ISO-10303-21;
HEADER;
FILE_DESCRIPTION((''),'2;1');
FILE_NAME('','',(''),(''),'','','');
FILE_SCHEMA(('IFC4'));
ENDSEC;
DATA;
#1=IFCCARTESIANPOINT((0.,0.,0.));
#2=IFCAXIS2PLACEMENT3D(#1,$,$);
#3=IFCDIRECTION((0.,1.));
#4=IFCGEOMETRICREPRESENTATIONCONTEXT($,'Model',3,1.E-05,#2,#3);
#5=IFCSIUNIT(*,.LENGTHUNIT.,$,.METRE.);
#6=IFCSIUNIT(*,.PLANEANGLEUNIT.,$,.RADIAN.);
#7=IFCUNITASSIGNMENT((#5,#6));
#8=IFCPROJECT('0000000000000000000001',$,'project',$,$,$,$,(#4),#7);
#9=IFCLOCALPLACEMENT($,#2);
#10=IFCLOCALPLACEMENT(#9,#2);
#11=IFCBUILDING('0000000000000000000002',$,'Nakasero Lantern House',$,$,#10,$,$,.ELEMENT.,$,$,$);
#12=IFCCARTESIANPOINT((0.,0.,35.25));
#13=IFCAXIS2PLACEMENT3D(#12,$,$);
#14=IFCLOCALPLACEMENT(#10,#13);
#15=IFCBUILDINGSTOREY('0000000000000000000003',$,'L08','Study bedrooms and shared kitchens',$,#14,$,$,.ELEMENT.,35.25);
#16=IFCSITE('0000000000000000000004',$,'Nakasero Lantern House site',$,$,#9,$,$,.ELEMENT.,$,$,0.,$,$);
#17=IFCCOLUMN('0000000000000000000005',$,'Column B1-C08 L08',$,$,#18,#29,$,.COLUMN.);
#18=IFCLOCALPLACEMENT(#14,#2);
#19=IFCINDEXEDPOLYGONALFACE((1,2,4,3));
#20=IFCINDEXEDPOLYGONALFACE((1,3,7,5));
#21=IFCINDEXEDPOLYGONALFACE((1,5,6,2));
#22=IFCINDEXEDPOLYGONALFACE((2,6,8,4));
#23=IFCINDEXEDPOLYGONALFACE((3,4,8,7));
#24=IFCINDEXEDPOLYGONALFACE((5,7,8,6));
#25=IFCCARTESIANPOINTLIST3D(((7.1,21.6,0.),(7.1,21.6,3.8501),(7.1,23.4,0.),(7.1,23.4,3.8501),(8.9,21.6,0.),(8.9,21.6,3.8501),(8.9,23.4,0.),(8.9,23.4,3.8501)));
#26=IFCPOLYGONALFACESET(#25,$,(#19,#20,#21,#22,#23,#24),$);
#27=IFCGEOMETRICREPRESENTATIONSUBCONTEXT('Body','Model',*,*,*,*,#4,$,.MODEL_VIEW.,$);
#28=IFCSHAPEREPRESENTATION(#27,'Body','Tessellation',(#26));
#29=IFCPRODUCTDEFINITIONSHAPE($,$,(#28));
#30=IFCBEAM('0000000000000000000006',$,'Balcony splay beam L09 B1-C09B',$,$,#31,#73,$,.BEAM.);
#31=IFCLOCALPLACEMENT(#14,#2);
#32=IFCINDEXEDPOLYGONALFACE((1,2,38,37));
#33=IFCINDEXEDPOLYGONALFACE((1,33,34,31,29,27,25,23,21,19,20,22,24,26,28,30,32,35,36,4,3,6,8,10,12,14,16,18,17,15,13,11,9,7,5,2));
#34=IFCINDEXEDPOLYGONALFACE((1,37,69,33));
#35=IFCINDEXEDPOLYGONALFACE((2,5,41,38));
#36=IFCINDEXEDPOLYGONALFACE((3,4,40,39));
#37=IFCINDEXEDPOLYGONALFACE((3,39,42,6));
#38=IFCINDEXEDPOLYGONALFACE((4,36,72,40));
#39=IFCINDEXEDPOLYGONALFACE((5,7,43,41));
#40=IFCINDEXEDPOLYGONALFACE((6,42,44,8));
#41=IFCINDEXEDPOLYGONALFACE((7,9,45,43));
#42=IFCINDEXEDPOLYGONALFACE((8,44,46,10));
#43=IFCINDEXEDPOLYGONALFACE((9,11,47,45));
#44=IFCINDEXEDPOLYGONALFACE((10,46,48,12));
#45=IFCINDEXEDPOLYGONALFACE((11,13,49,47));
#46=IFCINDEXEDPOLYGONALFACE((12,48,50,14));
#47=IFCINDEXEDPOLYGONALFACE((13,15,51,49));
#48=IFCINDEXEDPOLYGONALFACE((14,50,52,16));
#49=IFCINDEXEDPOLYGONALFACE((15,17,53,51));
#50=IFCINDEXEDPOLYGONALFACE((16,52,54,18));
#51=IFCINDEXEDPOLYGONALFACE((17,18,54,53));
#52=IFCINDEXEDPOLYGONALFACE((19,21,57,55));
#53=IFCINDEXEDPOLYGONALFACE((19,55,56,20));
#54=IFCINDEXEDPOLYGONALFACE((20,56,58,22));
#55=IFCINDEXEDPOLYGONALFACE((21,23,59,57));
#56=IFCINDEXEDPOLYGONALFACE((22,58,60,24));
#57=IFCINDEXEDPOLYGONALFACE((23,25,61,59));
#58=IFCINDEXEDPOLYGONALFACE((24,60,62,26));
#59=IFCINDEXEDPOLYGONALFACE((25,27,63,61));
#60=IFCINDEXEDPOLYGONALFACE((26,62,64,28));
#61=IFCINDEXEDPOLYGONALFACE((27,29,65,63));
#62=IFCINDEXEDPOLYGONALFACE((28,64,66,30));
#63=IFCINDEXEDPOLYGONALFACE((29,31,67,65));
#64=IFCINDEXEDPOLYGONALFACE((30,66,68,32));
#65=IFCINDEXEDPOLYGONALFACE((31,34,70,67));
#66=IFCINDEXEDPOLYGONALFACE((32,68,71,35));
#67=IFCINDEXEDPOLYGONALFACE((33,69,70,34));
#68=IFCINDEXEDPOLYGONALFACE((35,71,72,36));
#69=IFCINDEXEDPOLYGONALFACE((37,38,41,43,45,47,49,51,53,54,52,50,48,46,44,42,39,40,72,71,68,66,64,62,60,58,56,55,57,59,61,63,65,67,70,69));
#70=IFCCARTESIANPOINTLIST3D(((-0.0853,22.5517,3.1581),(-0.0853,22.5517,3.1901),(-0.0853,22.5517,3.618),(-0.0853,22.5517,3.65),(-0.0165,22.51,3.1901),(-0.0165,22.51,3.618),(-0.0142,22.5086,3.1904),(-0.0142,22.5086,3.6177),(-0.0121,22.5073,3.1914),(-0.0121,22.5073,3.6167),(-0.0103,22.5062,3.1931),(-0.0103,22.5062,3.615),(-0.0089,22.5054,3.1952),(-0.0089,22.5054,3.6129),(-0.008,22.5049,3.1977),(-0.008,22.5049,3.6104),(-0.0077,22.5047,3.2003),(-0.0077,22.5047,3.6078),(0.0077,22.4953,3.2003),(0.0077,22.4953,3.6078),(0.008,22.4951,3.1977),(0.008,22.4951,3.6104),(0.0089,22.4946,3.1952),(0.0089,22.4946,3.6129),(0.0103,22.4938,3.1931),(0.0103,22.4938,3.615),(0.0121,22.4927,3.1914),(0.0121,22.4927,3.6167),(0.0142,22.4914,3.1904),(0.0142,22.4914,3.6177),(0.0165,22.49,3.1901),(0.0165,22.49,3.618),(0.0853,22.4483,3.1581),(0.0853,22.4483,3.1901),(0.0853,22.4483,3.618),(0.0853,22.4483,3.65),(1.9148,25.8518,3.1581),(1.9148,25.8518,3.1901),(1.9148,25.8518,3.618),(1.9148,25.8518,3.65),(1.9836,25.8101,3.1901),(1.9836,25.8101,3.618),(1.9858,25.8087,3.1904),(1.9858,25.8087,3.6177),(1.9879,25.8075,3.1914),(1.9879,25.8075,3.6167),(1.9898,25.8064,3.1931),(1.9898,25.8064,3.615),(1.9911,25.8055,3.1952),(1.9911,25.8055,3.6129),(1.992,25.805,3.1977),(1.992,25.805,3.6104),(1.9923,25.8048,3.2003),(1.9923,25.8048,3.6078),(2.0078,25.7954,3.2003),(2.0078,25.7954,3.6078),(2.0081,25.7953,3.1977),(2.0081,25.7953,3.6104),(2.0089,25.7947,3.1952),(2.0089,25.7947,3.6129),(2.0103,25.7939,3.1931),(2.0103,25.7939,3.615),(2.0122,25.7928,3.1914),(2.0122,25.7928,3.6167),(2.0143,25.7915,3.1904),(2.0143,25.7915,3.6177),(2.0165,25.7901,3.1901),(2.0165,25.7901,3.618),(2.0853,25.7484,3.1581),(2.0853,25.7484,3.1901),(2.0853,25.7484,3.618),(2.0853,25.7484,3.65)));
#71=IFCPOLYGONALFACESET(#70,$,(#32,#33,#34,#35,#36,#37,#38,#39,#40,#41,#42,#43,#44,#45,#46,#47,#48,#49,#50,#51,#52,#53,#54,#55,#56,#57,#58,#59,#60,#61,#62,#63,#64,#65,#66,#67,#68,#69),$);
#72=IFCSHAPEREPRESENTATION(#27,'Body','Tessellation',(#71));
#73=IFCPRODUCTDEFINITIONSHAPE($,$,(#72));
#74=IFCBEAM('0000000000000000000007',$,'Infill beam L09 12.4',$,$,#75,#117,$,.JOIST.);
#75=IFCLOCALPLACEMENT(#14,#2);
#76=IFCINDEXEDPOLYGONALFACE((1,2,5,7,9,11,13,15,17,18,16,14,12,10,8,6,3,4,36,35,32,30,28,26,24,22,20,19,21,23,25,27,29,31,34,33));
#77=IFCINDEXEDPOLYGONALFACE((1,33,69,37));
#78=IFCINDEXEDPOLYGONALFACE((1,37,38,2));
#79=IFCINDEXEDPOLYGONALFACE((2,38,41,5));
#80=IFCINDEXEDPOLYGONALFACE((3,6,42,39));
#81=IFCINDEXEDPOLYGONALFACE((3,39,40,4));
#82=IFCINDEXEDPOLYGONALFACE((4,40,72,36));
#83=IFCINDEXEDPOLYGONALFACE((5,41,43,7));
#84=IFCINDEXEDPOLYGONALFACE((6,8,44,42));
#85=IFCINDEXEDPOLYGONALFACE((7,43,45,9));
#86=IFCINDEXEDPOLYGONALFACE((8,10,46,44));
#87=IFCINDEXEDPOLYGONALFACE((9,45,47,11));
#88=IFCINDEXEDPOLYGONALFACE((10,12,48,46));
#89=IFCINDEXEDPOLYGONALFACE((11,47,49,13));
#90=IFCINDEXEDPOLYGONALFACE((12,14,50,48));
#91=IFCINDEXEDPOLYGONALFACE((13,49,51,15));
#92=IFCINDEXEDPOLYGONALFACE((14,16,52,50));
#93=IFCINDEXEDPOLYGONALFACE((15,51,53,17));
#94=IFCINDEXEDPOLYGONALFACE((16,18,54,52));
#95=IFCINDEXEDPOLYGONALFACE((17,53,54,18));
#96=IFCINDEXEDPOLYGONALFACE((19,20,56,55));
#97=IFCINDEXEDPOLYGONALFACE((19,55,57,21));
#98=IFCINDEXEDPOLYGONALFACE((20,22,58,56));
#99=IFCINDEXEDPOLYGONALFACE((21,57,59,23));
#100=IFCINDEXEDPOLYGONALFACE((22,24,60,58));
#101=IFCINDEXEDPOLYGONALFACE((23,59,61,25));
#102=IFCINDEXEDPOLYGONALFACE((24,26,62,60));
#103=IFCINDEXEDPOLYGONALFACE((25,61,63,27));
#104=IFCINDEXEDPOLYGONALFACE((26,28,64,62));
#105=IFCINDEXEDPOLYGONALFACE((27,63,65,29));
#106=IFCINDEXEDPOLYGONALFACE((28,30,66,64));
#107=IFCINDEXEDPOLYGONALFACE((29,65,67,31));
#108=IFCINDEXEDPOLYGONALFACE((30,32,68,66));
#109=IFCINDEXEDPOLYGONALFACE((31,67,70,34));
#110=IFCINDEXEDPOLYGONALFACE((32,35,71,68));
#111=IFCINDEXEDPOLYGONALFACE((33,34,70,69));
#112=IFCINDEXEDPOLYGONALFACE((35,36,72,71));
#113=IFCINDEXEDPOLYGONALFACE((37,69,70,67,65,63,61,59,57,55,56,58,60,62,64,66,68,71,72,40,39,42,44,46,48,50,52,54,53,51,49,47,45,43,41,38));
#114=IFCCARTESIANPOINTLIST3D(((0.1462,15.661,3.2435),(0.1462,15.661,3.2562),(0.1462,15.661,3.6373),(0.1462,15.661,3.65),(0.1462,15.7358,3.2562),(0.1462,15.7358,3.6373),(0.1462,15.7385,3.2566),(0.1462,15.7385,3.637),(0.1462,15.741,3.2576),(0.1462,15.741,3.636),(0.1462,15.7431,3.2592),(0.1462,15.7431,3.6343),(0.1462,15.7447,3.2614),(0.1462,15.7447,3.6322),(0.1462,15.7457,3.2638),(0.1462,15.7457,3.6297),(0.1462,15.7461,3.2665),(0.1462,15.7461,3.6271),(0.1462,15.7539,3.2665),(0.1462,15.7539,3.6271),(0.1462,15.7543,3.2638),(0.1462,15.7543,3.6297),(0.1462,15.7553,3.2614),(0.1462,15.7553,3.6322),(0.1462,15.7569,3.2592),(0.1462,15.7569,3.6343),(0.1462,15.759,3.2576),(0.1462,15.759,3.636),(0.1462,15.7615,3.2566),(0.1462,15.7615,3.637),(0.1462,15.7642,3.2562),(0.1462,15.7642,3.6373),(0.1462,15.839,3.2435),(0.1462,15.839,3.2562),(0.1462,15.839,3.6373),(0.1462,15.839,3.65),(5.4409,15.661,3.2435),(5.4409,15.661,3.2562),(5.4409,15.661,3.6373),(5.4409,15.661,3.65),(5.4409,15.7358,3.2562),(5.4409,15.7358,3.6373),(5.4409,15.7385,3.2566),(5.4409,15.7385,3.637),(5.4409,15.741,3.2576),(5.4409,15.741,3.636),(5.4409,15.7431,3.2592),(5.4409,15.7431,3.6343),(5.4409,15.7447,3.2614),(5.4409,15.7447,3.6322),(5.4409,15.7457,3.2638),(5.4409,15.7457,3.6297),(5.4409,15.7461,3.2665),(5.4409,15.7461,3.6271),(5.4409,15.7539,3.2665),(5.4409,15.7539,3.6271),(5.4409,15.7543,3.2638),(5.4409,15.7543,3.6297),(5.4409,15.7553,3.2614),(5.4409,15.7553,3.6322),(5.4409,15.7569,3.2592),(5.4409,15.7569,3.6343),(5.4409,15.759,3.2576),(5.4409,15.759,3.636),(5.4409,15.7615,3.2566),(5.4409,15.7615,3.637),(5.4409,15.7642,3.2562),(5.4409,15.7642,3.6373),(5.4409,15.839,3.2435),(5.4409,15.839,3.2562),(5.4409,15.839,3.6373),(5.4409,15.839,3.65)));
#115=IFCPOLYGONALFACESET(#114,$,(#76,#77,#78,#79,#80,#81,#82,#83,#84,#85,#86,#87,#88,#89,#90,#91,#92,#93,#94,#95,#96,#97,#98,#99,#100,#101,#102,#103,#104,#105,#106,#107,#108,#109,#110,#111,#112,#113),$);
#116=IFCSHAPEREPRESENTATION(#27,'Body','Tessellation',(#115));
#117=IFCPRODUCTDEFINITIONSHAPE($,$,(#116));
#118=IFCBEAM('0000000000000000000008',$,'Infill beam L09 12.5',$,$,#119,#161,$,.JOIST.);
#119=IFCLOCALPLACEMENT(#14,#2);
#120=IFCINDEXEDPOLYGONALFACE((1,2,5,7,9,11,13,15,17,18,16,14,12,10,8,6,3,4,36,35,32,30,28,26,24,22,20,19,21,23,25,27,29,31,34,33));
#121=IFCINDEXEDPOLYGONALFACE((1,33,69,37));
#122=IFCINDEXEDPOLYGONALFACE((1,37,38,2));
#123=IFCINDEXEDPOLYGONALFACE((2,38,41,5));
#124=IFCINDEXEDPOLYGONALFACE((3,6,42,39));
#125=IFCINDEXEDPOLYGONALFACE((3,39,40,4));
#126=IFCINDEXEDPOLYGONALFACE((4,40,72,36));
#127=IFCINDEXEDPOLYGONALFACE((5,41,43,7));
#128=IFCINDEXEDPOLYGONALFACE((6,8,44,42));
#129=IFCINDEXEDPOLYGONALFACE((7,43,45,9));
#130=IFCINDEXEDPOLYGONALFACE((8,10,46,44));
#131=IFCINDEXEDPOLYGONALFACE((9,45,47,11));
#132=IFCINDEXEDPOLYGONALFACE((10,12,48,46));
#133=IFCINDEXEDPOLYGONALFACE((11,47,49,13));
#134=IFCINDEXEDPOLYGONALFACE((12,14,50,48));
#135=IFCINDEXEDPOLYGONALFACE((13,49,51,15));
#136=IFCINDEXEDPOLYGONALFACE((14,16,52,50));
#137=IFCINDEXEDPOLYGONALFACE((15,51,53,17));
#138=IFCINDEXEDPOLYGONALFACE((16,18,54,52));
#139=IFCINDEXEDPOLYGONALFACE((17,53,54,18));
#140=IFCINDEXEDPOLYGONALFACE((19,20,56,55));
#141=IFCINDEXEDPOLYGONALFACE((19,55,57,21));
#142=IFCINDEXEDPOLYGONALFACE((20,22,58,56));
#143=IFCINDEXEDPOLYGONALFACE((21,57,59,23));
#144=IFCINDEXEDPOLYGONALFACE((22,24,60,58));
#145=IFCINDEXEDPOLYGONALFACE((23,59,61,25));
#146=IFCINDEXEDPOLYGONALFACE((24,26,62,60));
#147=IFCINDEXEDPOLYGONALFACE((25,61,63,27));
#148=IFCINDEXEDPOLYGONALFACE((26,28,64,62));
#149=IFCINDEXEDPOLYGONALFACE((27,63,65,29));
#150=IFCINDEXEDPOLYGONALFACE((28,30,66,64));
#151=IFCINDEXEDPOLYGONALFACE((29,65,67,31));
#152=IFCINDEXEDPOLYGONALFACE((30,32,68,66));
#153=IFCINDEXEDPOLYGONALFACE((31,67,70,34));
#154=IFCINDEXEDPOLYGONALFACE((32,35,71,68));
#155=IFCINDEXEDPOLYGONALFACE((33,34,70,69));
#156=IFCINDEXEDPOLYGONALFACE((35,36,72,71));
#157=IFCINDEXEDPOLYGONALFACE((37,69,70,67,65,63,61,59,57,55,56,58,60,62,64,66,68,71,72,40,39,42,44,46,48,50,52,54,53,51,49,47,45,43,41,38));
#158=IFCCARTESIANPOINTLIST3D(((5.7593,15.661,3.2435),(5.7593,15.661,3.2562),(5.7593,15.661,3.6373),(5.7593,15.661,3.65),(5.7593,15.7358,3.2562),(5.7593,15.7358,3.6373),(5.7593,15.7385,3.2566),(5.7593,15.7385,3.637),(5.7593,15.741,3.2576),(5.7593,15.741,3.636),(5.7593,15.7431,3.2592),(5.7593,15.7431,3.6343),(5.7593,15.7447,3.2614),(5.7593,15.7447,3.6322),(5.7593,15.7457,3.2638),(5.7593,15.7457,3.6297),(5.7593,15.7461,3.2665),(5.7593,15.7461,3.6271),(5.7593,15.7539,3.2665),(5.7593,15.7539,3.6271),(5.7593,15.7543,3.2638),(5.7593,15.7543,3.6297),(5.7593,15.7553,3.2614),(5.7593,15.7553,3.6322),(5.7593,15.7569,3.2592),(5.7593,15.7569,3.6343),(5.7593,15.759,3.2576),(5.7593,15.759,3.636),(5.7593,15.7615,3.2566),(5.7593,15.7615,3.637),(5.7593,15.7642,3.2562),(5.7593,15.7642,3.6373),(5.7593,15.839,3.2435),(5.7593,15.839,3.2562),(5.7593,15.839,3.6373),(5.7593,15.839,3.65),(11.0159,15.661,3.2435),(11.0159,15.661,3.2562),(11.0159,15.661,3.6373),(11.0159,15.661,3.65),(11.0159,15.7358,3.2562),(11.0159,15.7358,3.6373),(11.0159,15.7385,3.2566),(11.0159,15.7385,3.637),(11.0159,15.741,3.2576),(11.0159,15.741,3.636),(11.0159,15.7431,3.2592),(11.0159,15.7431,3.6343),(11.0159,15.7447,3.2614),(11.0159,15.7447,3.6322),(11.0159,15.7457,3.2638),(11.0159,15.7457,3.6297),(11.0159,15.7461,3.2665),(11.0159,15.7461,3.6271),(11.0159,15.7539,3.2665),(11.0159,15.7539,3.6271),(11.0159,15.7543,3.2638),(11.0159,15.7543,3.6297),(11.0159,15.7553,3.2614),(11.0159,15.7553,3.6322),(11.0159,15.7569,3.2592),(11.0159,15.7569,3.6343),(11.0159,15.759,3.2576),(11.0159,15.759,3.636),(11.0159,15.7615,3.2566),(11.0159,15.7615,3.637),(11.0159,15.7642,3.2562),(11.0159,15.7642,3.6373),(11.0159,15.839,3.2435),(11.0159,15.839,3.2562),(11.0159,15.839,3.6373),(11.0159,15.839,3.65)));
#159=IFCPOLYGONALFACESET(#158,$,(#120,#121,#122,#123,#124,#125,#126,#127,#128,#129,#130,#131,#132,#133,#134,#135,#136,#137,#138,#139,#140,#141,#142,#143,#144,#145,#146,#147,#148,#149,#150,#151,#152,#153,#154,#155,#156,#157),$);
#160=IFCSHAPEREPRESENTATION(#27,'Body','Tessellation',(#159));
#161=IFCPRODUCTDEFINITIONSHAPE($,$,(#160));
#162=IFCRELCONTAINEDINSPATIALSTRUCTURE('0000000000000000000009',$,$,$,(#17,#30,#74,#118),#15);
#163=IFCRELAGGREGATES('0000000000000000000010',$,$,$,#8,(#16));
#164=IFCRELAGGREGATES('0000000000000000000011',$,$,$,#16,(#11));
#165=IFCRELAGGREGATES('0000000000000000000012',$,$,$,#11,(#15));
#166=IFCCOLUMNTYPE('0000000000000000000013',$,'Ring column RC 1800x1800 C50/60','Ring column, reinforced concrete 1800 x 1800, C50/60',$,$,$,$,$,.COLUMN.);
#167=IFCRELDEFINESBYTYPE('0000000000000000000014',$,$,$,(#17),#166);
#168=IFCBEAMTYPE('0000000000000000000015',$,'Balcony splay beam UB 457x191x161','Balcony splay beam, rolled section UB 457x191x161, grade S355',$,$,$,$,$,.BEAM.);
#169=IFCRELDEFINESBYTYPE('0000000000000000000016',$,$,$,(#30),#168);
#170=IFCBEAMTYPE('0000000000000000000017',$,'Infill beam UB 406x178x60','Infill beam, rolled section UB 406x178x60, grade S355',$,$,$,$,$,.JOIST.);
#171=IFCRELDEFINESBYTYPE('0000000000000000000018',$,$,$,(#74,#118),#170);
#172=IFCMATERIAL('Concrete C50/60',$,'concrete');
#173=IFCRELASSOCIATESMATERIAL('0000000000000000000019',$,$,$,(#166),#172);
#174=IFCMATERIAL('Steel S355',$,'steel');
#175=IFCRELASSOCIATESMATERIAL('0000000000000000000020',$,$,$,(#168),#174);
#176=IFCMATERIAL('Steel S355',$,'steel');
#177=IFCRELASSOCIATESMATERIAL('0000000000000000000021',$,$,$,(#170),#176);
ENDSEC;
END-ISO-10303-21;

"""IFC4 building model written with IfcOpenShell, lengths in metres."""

from ifc_helpers import new_model, si_unit, direction, frame, origin, origin_2d, place, context, subcontext, project, spatial, rectangle, i_section, extrude, material, material_profile, profile_set, type_object, element, save


model = new_model("IFC4")

# Units and contexts
model_context = context("Model", 3, precision=1e-05, world=origin(), true_north=direction((0.0, 1.0)))
body_context = subcontext(model_context, "Body", "Model", "MODEL_VIEW")
ifc_project = project(units=[si_unit("LENGTHUNIT", "METRE"), si_unit("PLANEANGLEUNIT", "RADIAN")], contexts=[model_context])

# Site, building, storey
site_placement = place(None, origin())
site = spatial("IfcSite", under=ifc_project, at=site_placement, Name="Nakasero Lantern House site", CompositionType="ELEMENT", RefElevation=0.0)
building_placement = place(site_placement, origin())
building = spatial("IfcBuilding", under=site, at=building_placement, Name="Nakasero Lantern House", CompositionType="ELEMENT")
storey_placement = place(building_placement, frame((0.0, 0.0, 35.25)))
storey = spatial("IfcBuildingStorey", under=building, at=storey_placement, Name="L08", Description="Study bedrooms and shared kitchens", CompositionType="ELEMENT", Elevation=35.25)

# Column
ifc_material_1 = material(Name="Concrete C50/60", Category="concrete")
ifc_material_profile_1 = material_profile(ifc_material_1, rectangle(XDim=1.8, YDim=1.8, at=origin_2d()), Name="RC 1800x1800")
ifc_profile_set_1 = profile_set([ifc_material_profile_1], Name="Concrete C50/60")
column_type = type_object("IfcColumnType", Name="Ring column RC 1800x1800 C50/60", Description="Ring column, reinforced concrete 1800 x 1800, C50/60", PredefinedType="COLUMN", material=ifc_profile_set_1)
column_placement = place(storey_placement, frame((8.0, 22.5, 0.0), z_axis=(0.0, 0.0, 1.0), x_axis=(1.0, 0.0, 0.0)))
element("IfcColumn", 1, at=column_placement, inside=storey, type_object=column_type, Name="Column B1-C08 L08", PredefinedType="COLUMN", context=body_context, shape_type="SweptSolid", body=[
    extrude(rectangle(XDim=1.8, YDim=1.8, at=origin_2d()), origin(), (0.0, 0.0, 1.0), 3.8501),
])

# Beams
ifc_material_2 = material(Name="Steel S355", Category="steel")
ifc_material_profile_2 = material_profile(ifc_material_2, i_section(OverallWidth=0.1995, OverallDepth=0.4919, WebThickness=0.0181, FlangeThickness=0.032, FilletRadius=0.0103, at=origin_2d()), Name="UB 457x191x161")
ifc_profile_set_2 = profile_set([ifc_material_profile_2], Name="Steel S355")
beam_type_1 = type_object("IfcBeamType", Name="Balcony splay beam UB 457x191x161", Description="Balcony splay beam, rolled section UB 457x191x161, grade S355", PredefinedType="BEAM", material=ifc_profile_set_2)
beam_1_placement = place(storey_placement, frame((0.0, 22.5, 3.4041), z_axis=(0.518296, 0.855201, 0.0), x_axis=(-0.855201, 0.518296, 0.0)))
element("IfcBeam", 2, at=beam_1_placement, inside=storey, type_object=beam_type_1, Name="Balcony splay beam L09 B1-C09B", PredefinedType="BEAM", context=body_context, shape_type="SweptSolid", body=[
    extrude(i_section(OverallWidth=0.1995, OverallDepth=0.4919, WebThickness=0.0181, FlangeThickness=0.032, FilletRadius=0.0103, at=origin_2d()), origin(), (0.0, 0.0, 1.0), 3.8589),
])
ifc_material_3 = material(Name="Steel S355", Category="steel")
ifc_material_profile_3 = material_profile(ifc_material_3, i_section(OverallWidth=0.178, OverallDepth=0.4065, WebThickness=0.0078, FlangeThickness=0.0127, FilletRadius=0.0103, at=origin_2d()), Name="UB 406x178x60")
ifc_profile_set_3 = profile_set([ifc_material_profile_3], Name="Steel S355")
beam_type_2 = type_object("IfcBeamType", Name="Infill beam UB 406x178x60", Description="Infill beam, rolled section UB 406x178x60, grade S355", PredefinedType="JOIST", material=ifc_profile_set_3)
beam_2_placement = place(storey_placement, frame((0.1462, 15.75, 3.4468), z_axis=(1.0, 0.0, 0.0), x_axis=(0.0, 1.0, 0.0)))
element("IfcBeam", 3, at=beam_2_placement, inside=storey, type_object=beam_type_2, Name="Infill beam L09 12.4", PredefinedType="JOIST", context=body_context, shape_type="SweptSolid", body=[
    extrude(i_section(OverallWidth=0.178, OverallDepth=0.4065, WebThickness=0.0078, FlangeThickness=0.0127, FilletRadius=0.0103, at=origin_2d()), origin(), (0.0, 0.0, 1.0), 5.2947),
])
beam_3_placement = place(storey_placement, frame((5.7593, 15.75, 3.4468), z_axis=(1.0, 0.0, 0.0), x_axis=(0.0, 1.0, 0.0)))
element("IfcBeam", 4, at=beam_3_placement, inside=storey, type_object=beam_type_2, Name="Infill beam L09 12.5", PredefinedType="JOIST", context=body_context, shape_type="SweptSolid", body=[
    extrude(i_section(OverallWidth=0.178, OverallDepth=0.4065, WebThickness=0.0078, FlangeThickness=0.0127, FilletRadius=0.0103, at=origin_2d()), origin(), (0.0, 0.0, 1.0), 5.2566),
])

save(model, "model.ifc")
